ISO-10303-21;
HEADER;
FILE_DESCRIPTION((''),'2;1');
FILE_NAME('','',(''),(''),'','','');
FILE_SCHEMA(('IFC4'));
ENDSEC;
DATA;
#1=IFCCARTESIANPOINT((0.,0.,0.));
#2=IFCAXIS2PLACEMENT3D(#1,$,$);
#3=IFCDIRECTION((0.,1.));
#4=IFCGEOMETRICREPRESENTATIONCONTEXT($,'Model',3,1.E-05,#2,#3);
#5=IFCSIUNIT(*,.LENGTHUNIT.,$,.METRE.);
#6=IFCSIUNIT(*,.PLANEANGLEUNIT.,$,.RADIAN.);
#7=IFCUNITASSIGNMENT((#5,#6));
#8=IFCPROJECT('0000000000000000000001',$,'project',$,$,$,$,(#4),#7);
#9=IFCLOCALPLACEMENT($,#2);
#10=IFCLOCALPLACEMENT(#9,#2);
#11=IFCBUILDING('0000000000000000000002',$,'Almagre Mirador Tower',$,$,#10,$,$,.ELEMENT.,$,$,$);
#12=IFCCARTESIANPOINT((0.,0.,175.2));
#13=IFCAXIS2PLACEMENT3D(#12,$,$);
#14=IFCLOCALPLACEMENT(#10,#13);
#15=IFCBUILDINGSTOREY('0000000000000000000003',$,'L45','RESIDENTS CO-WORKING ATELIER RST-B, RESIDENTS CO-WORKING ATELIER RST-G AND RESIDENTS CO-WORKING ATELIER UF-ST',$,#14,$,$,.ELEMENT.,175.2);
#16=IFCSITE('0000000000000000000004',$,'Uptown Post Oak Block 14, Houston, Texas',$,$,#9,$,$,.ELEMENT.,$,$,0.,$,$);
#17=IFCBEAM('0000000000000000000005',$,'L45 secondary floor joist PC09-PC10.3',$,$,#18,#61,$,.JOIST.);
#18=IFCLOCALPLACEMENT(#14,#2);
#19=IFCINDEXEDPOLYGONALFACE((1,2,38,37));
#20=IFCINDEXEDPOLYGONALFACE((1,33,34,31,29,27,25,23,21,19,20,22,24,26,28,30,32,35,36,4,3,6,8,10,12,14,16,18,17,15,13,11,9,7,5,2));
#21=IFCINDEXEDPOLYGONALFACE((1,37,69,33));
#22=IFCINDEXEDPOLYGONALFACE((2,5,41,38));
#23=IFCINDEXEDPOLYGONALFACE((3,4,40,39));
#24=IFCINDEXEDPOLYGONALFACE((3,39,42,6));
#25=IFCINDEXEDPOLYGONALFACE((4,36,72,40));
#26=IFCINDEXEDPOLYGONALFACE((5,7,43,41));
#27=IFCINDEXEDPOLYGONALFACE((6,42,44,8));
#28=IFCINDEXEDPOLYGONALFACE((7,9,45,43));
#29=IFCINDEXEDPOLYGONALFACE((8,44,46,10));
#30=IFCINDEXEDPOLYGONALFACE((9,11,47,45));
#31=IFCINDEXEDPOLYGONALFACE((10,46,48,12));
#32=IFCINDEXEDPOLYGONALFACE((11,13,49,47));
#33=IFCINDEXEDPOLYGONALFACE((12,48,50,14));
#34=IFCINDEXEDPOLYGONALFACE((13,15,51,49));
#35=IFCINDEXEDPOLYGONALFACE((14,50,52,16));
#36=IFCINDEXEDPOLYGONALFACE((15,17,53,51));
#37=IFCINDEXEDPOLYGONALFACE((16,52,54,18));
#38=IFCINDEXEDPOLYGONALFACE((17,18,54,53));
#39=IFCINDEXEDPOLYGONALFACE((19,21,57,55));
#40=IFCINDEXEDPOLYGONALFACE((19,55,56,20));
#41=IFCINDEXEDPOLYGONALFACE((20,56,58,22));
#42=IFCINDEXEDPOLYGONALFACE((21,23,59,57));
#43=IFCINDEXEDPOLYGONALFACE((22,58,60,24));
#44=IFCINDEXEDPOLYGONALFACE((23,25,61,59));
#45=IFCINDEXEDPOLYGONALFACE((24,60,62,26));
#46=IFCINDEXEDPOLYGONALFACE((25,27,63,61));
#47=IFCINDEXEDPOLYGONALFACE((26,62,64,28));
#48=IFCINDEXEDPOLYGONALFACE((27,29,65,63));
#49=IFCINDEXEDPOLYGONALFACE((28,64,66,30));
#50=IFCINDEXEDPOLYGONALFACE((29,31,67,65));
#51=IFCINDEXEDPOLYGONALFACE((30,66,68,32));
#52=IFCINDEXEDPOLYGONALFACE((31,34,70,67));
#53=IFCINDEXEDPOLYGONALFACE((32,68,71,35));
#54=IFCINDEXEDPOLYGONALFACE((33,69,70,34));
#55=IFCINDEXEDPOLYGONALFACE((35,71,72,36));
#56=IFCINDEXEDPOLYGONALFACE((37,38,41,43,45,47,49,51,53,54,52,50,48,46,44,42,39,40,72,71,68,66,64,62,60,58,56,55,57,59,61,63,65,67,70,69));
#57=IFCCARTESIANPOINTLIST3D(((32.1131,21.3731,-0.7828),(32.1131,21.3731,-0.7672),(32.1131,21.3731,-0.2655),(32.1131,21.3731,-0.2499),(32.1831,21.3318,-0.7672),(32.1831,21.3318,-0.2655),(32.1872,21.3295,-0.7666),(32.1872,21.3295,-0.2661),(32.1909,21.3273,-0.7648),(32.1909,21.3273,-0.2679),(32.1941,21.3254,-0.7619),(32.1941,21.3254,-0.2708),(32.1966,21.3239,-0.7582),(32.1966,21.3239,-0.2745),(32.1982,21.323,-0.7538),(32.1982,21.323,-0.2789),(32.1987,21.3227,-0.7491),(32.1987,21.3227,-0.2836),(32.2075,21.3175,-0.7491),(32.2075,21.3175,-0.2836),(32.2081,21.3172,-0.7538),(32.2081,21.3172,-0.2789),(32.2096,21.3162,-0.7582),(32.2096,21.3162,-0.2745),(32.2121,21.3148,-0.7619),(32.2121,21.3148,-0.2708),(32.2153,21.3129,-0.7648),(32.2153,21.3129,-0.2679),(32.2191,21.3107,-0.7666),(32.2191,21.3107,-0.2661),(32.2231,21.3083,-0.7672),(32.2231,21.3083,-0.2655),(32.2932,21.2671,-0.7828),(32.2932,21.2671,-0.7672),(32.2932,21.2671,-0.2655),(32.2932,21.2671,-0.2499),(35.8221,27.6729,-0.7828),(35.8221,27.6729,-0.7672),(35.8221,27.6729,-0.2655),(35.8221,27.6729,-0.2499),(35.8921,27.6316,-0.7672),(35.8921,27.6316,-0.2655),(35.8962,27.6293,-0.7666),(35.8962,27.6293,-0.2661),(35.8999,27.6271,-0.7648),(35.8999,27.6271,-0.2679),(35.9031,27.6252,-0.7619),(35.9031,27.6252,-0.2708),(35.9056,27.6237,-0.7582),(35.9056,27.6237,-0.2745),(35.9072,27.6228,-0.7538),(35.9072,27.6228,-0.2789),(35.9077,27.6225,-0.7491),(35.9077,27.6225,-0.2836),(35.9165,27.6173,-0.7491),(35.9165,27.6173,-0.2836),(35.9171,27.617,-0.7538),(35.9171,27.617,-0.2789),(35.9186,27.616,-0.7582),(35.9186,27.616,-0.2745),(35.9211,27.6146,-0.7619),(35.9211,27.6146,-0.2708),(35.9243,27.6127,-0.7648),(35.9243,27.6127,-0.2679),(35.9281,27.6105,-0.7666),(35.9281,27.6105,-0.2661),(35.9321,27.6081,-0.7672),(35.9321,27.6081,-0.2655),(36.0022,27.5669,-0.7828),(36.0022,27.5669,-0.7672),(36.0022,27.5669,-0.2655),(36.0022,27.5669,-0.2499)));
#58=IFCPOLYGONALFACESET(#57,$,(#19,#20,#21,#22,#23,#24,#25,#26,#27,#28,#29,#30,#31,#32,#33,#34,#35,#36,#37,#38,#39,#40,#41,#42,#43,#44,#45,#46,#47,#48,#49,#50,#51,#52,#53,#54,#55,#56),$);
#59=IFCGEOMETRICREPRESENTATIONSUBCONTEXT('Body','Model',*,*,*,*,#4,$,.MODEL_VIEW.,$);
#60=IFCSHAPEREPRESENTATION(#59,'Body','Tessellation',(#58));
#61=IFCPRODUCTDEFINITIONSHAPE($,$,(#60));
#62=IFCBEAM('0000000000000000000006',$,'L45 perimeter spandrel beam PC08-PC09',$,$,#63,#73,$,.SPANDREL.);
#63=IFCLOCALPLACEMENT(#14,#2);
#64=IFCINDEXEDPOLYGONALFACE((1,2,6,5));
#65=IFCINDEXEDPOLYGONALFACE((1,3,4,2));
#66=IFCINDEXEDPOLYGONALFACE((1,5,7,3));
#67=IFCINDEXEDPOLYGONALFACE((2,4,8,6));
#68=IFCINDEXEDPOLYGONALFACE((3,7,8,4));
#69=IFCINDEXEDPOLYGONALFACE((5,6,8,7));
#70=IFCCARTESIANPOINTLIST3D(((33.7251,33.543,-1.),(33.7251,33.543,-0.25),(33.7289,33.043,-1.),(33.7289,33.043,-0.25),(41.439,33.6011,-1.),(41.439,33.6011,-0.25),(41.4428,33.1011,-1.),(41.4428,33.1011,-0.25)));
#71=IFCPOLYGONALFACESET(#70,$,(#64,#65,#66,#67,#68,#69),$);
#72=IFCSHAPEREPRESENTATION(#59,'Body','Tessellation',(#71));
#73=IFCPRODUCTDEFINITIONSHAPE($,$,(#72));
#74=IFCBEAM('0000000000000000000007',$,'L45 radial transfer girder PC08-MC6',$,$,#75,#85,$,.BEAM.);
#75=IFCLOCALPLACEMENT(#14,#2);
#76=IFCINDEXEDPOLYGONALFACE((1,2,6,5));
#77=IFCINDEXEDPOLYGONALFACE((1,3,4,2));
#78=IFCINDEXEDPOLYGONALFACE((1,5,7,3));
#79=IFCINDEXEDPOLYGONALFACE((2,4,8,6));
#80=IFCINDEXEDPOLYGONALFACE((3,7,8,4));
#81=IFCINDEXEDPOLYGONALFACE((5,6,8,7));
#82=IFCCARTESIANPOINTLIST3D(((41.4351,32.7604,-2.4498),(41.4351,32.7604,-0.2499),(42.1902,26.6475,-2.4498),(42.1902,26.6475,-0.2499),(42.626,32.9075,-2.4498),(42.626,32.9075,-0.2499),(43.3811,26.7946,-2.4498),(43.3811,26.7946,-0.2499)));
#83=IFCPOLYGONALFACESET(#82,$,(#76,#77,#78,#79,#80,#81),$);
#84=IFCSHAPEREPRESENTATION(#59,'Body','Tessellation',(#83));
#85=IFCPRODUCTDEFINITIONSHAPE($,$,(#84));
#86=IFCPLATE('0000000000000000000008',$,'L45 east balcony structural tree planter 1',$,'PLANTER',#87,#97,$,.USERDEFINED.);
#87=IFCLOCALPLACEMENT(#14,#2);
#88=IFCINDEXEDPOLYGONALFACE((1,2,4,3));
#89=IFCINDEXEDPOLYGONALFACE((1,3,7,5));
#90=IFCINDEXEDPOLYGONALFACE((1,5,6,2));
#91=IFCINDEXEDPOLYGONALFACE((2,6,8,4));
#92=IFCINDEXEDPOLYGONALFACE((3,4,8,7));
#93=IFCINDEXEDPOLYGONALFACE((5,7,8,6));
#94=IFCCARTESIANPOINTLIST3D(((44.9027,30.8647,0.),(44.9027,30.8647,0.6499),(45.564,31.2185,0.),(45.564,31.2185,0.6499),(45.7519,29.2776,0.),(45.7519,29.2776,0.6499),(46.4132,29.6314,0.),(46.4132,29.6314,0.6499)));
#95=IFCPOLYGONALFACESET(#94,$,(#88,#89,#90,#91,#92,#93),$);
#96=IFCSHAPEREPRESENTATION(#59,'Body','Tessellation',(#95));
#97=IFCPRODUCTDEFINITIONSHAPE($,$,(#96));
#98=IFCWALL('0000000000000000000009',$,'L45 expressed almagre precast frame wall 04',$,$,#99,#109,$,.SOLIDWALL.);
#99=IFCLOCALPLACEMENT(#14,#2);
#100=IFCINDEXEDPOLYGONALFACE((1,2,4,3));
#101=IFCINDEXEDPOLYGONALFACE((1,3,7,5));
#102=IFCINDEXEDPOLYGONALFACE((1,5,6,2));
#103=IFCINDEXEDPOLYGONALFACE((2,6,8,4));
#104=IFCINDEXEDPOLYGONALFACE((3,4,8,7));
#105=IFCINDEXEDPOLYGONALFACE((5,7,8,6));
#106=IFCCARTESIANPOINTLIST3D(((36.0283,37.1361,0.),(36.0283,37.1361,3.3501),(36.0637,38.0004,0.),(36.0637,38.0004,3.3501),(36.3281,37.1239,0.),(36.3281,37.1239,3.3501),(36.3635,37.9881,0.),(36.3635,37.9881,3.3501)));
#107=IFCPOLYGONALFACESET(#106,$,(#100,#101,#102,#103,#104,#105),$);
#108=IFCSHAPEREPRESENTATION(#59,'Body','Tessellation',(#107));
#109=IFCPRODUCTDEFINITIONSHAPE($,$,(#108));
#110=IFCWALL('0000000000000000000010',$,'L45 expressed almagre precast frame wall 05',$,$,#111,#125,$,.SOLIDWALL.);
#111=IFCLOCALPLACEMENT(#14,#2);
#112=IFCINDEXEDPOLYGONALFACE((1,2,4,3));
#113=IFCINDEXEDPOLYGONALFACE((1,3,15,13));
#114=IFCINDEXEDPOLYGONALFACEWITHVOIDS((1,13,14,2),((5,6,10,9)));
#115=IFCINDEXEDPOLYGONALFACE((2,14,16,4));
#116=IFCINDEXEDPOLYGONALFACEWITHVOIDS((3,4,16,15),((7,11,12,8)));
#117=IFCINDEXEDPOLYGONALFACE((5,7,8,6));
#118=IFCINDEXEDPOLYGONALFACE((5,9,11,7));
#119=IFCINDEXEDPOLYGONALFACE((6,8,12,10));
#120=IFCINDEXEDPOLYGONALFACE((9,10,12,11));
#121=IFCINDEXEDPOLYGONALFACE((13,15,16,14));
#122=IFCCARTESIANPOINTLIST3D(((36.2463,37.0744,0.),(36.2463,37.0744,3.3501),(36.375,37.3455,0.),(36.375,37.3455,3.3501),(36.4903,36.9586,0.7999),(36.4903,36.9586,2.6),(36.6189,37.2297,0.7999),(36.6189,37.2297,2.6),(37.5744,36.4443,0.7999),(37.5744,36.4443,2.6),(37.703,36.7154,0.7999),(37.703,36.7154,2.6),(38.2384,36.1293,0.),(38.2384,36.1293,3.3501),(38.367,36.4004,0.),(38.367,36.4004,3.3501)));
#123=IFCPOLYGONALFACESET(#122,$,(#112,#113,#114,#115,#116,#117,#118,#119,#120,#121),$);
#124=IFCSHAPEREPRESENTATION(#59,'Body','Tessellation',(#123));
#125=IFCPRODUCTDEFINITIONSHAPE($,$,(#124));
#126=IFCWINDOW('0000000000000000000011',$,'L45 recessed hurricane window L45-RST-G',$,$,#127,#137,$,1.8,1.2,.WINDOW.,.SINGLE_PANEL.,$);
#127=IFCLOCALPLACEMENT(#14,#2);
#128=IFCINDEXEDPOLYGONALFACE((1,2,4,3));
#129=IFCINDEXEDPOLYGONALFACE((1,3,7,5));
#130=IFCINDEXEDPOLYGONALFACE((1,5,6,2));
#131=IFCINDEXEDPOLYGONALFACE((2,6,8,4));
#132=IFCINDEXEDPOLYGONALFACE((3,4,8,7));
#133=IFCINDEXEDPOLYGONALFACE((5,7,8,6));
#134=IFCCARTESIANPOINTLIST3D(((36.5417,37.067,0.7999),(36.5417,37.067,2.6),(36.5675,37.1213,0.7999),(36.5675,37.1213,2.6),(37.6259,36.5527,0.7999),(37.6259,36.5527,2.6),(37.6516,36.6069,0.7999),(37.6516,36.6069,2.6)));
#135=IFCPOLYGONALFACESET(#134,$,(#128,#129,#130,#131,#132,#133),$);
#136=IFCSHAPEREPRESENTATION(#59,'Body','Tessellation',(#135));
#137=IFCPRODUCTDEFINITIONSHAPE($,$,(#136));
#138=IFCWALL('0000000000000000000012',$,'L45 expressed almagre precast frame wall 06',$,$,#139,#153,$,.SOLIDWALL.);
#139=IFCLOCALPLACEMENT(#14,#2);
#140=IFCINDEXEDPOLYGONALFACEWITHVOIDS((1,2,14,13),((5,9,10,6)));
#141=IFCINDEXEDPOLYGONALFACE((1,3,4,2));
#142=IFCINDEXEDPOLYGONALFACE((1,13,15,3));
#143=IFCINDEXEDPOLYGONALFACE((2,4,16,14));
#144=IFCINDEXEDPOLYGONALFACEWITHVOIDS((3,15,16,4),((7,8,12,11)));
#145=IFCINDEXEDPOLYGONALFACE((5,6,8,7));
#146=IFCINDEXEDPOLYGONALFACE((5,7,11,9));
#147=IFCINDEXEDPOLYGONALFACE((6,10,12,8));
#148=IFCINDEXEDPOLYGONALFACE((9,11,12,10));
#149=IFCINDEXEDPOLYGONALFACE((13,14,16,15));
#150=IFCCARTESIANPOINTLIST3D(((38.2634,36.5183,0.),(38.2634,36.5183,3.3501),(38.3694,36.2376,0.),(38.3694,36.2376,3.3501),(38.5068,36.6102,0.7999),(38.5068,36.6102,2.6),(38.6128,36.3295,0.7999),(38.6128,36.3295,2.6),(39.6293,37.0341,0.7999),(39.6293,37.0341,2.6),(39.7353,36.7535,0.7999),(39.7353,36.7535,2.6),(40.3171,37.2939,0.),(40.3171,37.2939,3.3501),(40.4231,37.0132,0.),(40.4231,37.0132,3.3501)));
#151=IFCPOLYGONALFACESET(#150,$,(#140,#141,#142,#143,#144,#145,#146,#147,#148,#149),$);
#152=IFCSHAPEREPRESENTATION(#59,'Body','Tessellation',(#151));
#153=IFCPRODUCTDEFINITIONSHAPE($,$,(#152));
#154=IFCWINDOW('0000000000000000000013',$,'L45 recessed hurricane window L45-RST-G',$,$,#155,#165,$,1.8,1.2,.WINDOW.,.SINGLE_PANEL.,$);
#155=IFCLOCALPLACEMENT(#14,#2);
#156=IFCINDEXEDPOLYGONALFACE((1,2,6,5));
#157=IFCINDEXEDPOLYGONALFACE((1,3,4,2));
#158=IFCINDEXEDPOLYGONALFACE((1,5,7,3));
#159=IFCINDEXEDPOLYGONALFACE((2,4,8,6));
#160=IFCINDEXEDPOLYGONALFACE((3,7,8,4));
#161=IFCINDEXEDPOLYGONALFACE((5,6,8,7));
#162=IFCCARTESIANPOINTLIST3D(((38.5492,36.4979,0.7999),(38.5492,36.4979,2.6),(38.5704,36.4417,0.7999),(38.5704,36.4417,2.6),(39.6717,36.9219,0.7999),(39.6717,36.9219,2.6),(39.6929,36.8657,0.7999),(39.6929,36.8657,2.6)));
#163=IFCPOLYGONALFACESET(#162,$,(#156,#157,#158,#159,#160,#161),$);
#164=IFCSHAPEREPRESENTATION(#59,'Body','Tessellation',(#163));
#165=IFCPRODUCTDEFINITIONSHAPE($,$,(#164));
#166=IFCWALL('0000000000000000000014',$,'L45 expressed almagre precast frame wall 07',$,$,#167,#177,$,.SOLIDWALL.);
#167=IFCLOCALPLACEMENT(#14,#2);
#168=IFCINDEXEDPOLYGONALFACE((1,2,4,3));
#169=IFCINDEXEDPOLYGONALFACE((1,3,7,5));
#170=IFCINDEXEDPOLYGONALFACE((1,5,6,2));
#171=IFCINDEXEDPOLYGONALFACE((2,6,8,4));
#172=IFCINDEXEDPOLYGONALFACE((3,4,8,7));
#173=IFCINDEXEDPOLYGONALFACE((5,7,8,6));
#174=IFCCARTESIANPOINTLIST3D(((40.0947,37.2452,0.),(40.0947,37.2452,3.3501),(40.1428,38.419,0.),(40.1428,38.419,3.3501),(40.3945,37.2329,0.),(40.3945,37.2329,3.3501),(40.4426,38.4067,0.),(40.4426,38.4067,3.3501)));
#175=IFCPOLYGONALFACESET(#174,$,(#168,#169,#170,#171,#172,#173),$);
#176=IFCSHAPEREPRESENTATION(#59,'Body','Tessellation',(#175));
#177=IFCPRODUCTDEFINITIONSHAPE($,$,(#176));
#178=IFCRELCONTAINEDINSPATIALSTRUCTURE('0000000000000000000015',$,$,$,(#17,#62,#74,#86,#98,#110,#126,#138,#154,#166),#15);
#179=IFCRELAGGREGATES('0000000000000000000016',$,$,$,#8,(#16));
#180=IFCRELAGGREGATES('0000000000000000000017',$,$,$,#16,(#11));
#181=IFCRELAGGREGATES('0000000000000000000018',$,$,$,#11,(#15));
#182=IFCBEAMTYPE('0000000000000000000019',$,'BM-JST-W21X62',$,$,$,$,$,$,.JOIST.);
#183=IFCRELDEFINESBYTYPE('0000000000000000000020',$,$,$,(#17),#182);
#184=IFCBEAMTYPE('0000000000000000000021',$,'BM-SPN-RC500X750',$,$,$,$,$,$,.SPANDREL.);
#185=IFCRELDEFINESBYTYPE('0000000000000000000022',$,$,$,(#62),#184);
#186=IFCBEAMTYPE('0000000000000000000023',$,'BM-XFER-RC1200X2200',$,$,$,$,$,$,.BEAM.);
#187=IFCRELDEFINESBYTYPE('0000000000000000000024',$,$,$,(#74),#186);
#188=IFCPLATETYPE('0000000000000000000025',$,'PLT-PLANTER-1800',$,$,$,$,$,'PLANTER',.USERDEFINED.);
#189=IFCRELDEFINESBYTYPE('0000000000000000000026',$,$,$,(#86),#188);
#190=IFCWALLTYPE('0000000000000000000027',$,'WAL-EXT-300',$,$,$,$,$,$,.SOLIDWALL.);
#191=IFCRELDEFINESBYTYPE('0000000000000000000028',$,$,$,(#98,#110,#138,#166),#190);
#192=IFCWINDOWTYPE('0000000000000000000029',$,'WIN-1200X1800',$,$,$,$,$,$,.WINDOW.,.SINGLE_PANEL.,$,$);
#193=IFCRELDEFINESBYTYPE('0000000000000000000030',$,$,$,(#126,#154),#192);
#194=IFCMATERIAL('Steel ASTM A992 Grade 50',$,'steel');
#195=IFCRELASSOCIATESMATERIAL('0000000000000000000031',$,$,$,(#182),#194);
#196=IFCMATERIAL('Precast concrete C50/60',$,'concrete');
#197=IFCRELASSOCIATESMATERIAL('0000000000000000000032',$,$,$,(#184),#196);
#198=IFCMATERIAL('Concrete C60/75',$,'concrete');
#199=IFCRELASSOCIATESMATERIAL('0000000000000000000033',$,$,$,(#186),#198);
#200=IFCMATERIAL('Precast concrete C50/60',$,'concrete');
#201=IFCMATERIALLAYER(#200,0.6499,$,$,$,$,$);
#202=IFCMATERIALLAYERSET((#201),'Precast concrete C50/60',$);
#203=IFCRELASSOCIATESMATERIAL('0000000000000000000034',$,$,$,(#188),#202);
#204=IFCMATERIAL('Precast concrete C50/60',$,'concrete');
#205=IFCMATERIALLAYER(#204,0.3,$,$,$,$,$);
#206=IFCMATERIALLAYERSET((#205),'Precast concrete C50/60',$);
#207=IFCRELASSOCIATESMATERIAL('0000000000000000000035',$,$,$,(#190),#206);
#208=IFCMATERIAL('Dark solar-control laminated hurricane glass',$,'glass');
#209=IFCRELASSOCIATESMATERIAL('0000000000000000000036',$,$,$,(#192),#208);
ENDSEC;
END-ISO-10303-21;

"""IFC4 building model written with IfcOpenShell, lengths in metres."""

from ifc_helpers import new_model, si_unit, direction, frame, frame_2d, origin, origin_2d, place, context, subcontext, project, spatial, rectangle, i_section, extrude, material, layer, layer_set, material_profile, profile_set, type_object, element, fill, save


model = new_model("IFC4")

# Units and contexts
model_context = context("Model", 3, precision=1e-05, world=origin(), true_north=direction((0.0, 1.0)))
body_context = subcontext(model_context, "Body", "Model", "MODEL_VIEW")
ifc_project = project(units=[si_unit("LENGTHUNIT", "METRE"), si_unit("PLANEANGLEUNIT", "RADIAN")], contexts=[model_context])

# Site, building, storey
site_placement = place(None, origin())
site = spatial("IfcSite", under=ifc_project, at=site_placement, Name="Uptown Post Oak Block 14, Houston, Texas", CompositionType="ELEMENT", RefElevation=0.0)
building_placement = place(site_placement, origin())
building = spatial("IfcBuilding", under=site, at=building_placement, Name="Almagre Mirador Tower", CompositionType="ELEMENT")
storey_placement = place(building_placement, frame((0.0, 0.0, 175.2)))
storey = spatial("IfcBuildingStorey", under=building, at=storey_placement, Name="L45", Description="RESIDENTS CO-WORKING ATELIER RST-B, RESIDENTS CO-WORKING ATELIER RST-G AND RESIDENTS CO-WORKING ATELIER UF-ST", CompositionType="ELEMENT", Elevation=175.2)

# Beams
ifc_material_1 = material(Name="Steel ASTM A992 Grade 50", Category="steel")
ifc_material_profile_1 = material_profile(ifc_material_1, i_section(OverallWidth=0.209, OverallDepth=0.533, WebThickness=0.0103, FlangeThickness=0.0156, FilletRadius=0.0181, at=origin_2d()), Name="W21X62")
ifc_profile_set_1 = profile_set([ifc_material_profile_1], Name="Steel ASTM A992 Grade 50")
beam_type_1 = type_object("IfcBeamType", Name="BM-JST-W21X62", PredefinedType="JOIST", material=ifc_profile_set_1)
beam_1_placement = place(storey_placement, frame((35.9121, 27.6199, -0.5164), z_axis=(-0.507347, -0.861742, 0.0), x_axis=(0.861742, -0.507347, 0.0)))
element("IfcBeam", 1, at=beam_1_placement, inside=storey, type_object=beam_type_1, Name="L45 secondary floor joist PC09-PC10.3", PredefinedType="JOIST", context=body_context, shape_type="SweptSolid", body=[
    extrude(i_section(OverallWidth=0.209, OverallDepth=0.533, WebThickness=0.0103, FlangeThickness=0.0156, FilletRadius=0.0181, at=origin_2d()), origin(), (0.0, 0.0, 1.0), 7.3105),
])
ifc_material_2 = material(Name="Precast concrete C50/60", Category="concrete")
ifc_material_profile_2 = material_profile(ifc_material_2, rectangle(XDim=0.5, YDim=0.75, at=origin_2d()), Name="RC500X750")
ifc_profile_set_2 = profile_set([ifc_material_profile_2], Name="Precast concrete C50/60")
beam_type_2 = type_object("IfcBeamType", Name="BM-SPN-RC500X750", PredefinedType="SPANDREL", material=ifc_profile_set_2)
beam_2_placement = place(storey_placement, frame((41.4409, 33.3511, -0.625), z_axis=(-0.999972, -0.007532, 0.0), x_axis=(0.007532, -0.999972, 0.0)))
element("IfcBeam", 2, at=beam_2_placement, inside=storey, type_object=beam_type_2, Name="L45 perimeter spandrel beam PC08-PC09", PredefinedType="SPANDREL", context=body_context, shape_type="SweptSolid", body=[
    extrude(rectangle(XDim=0.5, YDim=0.75, at=origin_2d()), origin(), (0.0, 0.0, 1.0), 7.7141),
])
ifc_material_3 = material(Name="Concrete C60/75", Category="concrete")
ifc_material_profile_3 = material_profile(ifc_material_3, rectangle(XDim=1.2, YDim=2.2, at=origin_2d()), Name="RC1200X2200")
ifc_profile_set_3 = profile_set([ifc_material_profile_3], Name="Concrete C60/75")
beam_type_3 = type_object("IfcBeamType", Name="BM-XFER-RC1200X2200", PredefinedType="BEAM", material=ifc_profile_set_3)
beam_3_placement = place(storey_placement, frame((42.0305, 32.834, -1.3499), z_axis=(0.122595, -0.992457, 0.0), x_axis=(0.992457, 0.122595, 0.0)))
element("IfcBeam", 3, at=beam_3_placement, inside=storey, type_object=beam_type_3, Name="L45 radial transfer girder PC08-MC6", PredefinedType="BEAM", context=body_context, shape_type="SweptSolid", body=[
    extrude(rectangle(XDim=1.2, YDim=2.2, at=origin_2d()), origin(), (0.0, 0.0, 1.0), 6.1594),
])

# Plate
ifc_material_4 = material(Name="Precast concrete C50/60", Category="concrete")
ifc_layer_1 = layer(ifc_material_4, 0.6499)
ifc_layer_set_1 = layer_set([ifc_layer_1], Name="Precast concrete C50/60")
plate_type = type_object("IfcPlateType", Name="PLT-PLANTER-1800", ElementType="PLANTER", PredefinedType="USERDEFINED", material=ifc_layer_set_1)
plate_placement = place(storey_placement, frame((45.658, 30.248, 0.0), z_axis=(0.0, 0.0, 1.0), x_axis=(-0.471735, 0.88174, 0.0)))
element("IfcPlate", 4, at=plate_placement, inside=storey, type_object=plate_type, Name="L45 east balcony structural tree planter 1", ObjectType="PLANTER", PredefinedType="USERDEFINED", context=body_context, shape_type="SweptSolid", body=[
    extrude(rectangle(XDim=1.8, YDim=0.75, at=origin_2d()), origin(), (0.0, 0.0, 1.0), 0.6499),
])

# Wall
ifc_material_5 = material(Name="Precast concrete C50/60", Category="concrete")
ifc_layer_2 = layer(ifc_material_5, 0.3)
ifc_layer_set_2 = layer_set([ifc_layer_2], Name="Precast concrete C50/60")
wall_type_1 = type_object("IfcWallType", Name="WAL-EXT-300", PredefinedType="SOLIDWALL", material=ifc_layer_set_2)
wall_1_placement = place(storey_placement, frame((36.2136, 37.9944, 0.0), z_axis=(0.0, 0.0, 1.0), x_axis=(-0.040926, -0.999162, 0.0)))
element("IfcWall", 5, at=wall_1_placement, inside=storey, type_object=wall_type_1, Name="L45 expressed almagre precast frame wall 04", PredefinedType="SOLIDWALL", context=body_context, shape_type="SweptSolid", body=[
    extrude(rectangle(XDim=0.865, YDim=0.3, at=frame_2d((0.4326, 0.0))), origin(), (0.0, 0.0, 1.0), 3.3501),
])

# Walls, openings, windows
wall_2_placement = place(storey_placement, frame((36.3105, 37.21, 0.0), z_axis=(0.0, 0.0, 1.0), x_axis=(0.903472, -0.428648, 0.0)))
wall_2 = element("IfcWall", 6, at=wall_2_placement, inside=storey, type_object=wall_type_1, Name="L45 expressed almagre precast frame wall 05", PredefinedType="SOLIDWALL", context=body_context, shape_type="SweptSolid", body=[
    extrude(rectangle(XDim=2.2048, YDim=0.3, at=frame_2d((1.1025, 0.0))), origin(), (0.0, 0.0, 1.0), 3.3501),
])
opening_1_placement = place(wall_2_placement, frame((0.27, 0.0, 0.8)))
opening_1 = element("IfcOpeningElement", 7, at=opening_1_placement, cuts=wall_2, PredefinedType="OPENING", context=body_context, shape_type="SweptSolid", body=[
    extrude(rectangle(XDim=1.2, YDim=1.8, at=frame_2d((0.6001, 0.8999))), frame((0.0, 0.1599, 0.0), z_axis=(0.0, -1.0, 0.0), x_axis=(1.0, 0.0, 0.0)), (0.0, 0.0, 1.0), 0.32),
])
ifc_material_6 = material(Name="Dark solar-control laminated hurricane glass", Category="glass")
window_type = type_object("IfcWindowType", Name="WIN-1200X1800", PartitioningType="SINGLE_PANEL", PredefinedType="WINDOW", material=ifc_material_6)
window_1_placement = place(opening_1_placement, origin())
window_1 = element("IfcWindow", 8, at=window_1_placement, inside=storey, type_object=window_type, Name="L45 recessed hurricane window L45-RST-G", OverallHeight=1.8, OverallWidth=1.2, PartitioningType="SINGLE_PANEL", PredefinedType="WINDOW", context=body_context, shape_type="SweptSolid", body=[
    extrude(rectangle(XDim=1.2, YDim=1.8, at=frame_2d((0.6001, 0.8999))), frame((0.0, 0.03, 0.0), z_axis=(0.0, -1.0, 0.0), x_axis=(1.0, 0.0, 0.0)), (0.0, 0.0, 1.0), 0.0601),
])
fill(opening_1, window_1)
wall_3_placement = place(storey_placement, frame((38.3164, 36.3779, 0.0), z_axis=(0.0, 0.0, 1.0), x_axis=(0.935504, 0.353316, 0.0)))
wall_3 = element("IfcWall", 9, at=wall_3_placement, inside=storey, type_object=wall_type_1, Name="L45 expressed almagre precast frame wall 06", PredefinedType="SOLIDWALL", context=body_context, shape_type="SweptSolid", body=[
    extrude(rectangle(XDim=2.1953, YDim=0.3, at=frame_2d((1.0977, 0.0))), origin(), (0.0, 0.0, 1.0), 3.3501),
])
opening_2_placement = place(wall_3_placement, frame((0.26, 0.0, 0.8)))
opening_2 = element("IfcOpeningElement", 10, at=opening_2_placement, cuts=wall_3, PredefinedType="OPENING", context=body_context, shape_type="SweptSolid", body=[
    extrude(rectangle(XDim=1.2, YDim=1.8, at=frame_2d((0.6001, 0.8999))), frame((0.0, 0.1599, 0.0), z_axis=(0.0, -1.0, 0.0), x_axis=(1.0, 0.0, 0.0)), (0.0, 0.0, 1.0), 0.32),
])
window_2_placement = place(opening_2_placement, origin())
window_2 = element("IfcWindow", 11, at=window_2_placement, inside=storey, type_object=window_type, Name="L45 recessed hurricane window L45-RST-G", OverallHeight=1.8, OverallWidth=1.2, PartitioningType="SINGLE_PANEL", PredefinedType="WINDOW", context=body_context, shape_type="SweptSolid", body=[
    extrude(rectangle(XDim=1.2, YDim=1.8, at=frame_2d((0.6001, 0.8999))), frame((0.0, 0.03, 0.0), z_axis=(0.0, -1.0, 0.0), x_axis=(1.0, 0.0, 0.0)), (0.0, 0.0, 1.0), 0.0601),
])
fill(opening_2, window_2)

# Wall
wall_4_placement = place(storey_placement, frame((40.2446, 37.239, 0.0), z_axis=(0.0, 0.0, 1.0), x_axis=(0.040939, 0.999162, 0.0)))
element("IfcWall", 12, at=wall_4_placement, inside=storey, type_object=wall_type_1, Name="L45 expressed almagre precast frame wall 07", PredefinedType="SOLIDWALL", context=body_context, shape_type="SweptSolid", body=[
    extrude(rectangle(XDim=1.1748, YDim=0.3, at=frame_2d((0.5874, 0.0))), origin(), (0.0, 0.0, 1.0), 3.3501),
])

save(model, "model.ifc")
